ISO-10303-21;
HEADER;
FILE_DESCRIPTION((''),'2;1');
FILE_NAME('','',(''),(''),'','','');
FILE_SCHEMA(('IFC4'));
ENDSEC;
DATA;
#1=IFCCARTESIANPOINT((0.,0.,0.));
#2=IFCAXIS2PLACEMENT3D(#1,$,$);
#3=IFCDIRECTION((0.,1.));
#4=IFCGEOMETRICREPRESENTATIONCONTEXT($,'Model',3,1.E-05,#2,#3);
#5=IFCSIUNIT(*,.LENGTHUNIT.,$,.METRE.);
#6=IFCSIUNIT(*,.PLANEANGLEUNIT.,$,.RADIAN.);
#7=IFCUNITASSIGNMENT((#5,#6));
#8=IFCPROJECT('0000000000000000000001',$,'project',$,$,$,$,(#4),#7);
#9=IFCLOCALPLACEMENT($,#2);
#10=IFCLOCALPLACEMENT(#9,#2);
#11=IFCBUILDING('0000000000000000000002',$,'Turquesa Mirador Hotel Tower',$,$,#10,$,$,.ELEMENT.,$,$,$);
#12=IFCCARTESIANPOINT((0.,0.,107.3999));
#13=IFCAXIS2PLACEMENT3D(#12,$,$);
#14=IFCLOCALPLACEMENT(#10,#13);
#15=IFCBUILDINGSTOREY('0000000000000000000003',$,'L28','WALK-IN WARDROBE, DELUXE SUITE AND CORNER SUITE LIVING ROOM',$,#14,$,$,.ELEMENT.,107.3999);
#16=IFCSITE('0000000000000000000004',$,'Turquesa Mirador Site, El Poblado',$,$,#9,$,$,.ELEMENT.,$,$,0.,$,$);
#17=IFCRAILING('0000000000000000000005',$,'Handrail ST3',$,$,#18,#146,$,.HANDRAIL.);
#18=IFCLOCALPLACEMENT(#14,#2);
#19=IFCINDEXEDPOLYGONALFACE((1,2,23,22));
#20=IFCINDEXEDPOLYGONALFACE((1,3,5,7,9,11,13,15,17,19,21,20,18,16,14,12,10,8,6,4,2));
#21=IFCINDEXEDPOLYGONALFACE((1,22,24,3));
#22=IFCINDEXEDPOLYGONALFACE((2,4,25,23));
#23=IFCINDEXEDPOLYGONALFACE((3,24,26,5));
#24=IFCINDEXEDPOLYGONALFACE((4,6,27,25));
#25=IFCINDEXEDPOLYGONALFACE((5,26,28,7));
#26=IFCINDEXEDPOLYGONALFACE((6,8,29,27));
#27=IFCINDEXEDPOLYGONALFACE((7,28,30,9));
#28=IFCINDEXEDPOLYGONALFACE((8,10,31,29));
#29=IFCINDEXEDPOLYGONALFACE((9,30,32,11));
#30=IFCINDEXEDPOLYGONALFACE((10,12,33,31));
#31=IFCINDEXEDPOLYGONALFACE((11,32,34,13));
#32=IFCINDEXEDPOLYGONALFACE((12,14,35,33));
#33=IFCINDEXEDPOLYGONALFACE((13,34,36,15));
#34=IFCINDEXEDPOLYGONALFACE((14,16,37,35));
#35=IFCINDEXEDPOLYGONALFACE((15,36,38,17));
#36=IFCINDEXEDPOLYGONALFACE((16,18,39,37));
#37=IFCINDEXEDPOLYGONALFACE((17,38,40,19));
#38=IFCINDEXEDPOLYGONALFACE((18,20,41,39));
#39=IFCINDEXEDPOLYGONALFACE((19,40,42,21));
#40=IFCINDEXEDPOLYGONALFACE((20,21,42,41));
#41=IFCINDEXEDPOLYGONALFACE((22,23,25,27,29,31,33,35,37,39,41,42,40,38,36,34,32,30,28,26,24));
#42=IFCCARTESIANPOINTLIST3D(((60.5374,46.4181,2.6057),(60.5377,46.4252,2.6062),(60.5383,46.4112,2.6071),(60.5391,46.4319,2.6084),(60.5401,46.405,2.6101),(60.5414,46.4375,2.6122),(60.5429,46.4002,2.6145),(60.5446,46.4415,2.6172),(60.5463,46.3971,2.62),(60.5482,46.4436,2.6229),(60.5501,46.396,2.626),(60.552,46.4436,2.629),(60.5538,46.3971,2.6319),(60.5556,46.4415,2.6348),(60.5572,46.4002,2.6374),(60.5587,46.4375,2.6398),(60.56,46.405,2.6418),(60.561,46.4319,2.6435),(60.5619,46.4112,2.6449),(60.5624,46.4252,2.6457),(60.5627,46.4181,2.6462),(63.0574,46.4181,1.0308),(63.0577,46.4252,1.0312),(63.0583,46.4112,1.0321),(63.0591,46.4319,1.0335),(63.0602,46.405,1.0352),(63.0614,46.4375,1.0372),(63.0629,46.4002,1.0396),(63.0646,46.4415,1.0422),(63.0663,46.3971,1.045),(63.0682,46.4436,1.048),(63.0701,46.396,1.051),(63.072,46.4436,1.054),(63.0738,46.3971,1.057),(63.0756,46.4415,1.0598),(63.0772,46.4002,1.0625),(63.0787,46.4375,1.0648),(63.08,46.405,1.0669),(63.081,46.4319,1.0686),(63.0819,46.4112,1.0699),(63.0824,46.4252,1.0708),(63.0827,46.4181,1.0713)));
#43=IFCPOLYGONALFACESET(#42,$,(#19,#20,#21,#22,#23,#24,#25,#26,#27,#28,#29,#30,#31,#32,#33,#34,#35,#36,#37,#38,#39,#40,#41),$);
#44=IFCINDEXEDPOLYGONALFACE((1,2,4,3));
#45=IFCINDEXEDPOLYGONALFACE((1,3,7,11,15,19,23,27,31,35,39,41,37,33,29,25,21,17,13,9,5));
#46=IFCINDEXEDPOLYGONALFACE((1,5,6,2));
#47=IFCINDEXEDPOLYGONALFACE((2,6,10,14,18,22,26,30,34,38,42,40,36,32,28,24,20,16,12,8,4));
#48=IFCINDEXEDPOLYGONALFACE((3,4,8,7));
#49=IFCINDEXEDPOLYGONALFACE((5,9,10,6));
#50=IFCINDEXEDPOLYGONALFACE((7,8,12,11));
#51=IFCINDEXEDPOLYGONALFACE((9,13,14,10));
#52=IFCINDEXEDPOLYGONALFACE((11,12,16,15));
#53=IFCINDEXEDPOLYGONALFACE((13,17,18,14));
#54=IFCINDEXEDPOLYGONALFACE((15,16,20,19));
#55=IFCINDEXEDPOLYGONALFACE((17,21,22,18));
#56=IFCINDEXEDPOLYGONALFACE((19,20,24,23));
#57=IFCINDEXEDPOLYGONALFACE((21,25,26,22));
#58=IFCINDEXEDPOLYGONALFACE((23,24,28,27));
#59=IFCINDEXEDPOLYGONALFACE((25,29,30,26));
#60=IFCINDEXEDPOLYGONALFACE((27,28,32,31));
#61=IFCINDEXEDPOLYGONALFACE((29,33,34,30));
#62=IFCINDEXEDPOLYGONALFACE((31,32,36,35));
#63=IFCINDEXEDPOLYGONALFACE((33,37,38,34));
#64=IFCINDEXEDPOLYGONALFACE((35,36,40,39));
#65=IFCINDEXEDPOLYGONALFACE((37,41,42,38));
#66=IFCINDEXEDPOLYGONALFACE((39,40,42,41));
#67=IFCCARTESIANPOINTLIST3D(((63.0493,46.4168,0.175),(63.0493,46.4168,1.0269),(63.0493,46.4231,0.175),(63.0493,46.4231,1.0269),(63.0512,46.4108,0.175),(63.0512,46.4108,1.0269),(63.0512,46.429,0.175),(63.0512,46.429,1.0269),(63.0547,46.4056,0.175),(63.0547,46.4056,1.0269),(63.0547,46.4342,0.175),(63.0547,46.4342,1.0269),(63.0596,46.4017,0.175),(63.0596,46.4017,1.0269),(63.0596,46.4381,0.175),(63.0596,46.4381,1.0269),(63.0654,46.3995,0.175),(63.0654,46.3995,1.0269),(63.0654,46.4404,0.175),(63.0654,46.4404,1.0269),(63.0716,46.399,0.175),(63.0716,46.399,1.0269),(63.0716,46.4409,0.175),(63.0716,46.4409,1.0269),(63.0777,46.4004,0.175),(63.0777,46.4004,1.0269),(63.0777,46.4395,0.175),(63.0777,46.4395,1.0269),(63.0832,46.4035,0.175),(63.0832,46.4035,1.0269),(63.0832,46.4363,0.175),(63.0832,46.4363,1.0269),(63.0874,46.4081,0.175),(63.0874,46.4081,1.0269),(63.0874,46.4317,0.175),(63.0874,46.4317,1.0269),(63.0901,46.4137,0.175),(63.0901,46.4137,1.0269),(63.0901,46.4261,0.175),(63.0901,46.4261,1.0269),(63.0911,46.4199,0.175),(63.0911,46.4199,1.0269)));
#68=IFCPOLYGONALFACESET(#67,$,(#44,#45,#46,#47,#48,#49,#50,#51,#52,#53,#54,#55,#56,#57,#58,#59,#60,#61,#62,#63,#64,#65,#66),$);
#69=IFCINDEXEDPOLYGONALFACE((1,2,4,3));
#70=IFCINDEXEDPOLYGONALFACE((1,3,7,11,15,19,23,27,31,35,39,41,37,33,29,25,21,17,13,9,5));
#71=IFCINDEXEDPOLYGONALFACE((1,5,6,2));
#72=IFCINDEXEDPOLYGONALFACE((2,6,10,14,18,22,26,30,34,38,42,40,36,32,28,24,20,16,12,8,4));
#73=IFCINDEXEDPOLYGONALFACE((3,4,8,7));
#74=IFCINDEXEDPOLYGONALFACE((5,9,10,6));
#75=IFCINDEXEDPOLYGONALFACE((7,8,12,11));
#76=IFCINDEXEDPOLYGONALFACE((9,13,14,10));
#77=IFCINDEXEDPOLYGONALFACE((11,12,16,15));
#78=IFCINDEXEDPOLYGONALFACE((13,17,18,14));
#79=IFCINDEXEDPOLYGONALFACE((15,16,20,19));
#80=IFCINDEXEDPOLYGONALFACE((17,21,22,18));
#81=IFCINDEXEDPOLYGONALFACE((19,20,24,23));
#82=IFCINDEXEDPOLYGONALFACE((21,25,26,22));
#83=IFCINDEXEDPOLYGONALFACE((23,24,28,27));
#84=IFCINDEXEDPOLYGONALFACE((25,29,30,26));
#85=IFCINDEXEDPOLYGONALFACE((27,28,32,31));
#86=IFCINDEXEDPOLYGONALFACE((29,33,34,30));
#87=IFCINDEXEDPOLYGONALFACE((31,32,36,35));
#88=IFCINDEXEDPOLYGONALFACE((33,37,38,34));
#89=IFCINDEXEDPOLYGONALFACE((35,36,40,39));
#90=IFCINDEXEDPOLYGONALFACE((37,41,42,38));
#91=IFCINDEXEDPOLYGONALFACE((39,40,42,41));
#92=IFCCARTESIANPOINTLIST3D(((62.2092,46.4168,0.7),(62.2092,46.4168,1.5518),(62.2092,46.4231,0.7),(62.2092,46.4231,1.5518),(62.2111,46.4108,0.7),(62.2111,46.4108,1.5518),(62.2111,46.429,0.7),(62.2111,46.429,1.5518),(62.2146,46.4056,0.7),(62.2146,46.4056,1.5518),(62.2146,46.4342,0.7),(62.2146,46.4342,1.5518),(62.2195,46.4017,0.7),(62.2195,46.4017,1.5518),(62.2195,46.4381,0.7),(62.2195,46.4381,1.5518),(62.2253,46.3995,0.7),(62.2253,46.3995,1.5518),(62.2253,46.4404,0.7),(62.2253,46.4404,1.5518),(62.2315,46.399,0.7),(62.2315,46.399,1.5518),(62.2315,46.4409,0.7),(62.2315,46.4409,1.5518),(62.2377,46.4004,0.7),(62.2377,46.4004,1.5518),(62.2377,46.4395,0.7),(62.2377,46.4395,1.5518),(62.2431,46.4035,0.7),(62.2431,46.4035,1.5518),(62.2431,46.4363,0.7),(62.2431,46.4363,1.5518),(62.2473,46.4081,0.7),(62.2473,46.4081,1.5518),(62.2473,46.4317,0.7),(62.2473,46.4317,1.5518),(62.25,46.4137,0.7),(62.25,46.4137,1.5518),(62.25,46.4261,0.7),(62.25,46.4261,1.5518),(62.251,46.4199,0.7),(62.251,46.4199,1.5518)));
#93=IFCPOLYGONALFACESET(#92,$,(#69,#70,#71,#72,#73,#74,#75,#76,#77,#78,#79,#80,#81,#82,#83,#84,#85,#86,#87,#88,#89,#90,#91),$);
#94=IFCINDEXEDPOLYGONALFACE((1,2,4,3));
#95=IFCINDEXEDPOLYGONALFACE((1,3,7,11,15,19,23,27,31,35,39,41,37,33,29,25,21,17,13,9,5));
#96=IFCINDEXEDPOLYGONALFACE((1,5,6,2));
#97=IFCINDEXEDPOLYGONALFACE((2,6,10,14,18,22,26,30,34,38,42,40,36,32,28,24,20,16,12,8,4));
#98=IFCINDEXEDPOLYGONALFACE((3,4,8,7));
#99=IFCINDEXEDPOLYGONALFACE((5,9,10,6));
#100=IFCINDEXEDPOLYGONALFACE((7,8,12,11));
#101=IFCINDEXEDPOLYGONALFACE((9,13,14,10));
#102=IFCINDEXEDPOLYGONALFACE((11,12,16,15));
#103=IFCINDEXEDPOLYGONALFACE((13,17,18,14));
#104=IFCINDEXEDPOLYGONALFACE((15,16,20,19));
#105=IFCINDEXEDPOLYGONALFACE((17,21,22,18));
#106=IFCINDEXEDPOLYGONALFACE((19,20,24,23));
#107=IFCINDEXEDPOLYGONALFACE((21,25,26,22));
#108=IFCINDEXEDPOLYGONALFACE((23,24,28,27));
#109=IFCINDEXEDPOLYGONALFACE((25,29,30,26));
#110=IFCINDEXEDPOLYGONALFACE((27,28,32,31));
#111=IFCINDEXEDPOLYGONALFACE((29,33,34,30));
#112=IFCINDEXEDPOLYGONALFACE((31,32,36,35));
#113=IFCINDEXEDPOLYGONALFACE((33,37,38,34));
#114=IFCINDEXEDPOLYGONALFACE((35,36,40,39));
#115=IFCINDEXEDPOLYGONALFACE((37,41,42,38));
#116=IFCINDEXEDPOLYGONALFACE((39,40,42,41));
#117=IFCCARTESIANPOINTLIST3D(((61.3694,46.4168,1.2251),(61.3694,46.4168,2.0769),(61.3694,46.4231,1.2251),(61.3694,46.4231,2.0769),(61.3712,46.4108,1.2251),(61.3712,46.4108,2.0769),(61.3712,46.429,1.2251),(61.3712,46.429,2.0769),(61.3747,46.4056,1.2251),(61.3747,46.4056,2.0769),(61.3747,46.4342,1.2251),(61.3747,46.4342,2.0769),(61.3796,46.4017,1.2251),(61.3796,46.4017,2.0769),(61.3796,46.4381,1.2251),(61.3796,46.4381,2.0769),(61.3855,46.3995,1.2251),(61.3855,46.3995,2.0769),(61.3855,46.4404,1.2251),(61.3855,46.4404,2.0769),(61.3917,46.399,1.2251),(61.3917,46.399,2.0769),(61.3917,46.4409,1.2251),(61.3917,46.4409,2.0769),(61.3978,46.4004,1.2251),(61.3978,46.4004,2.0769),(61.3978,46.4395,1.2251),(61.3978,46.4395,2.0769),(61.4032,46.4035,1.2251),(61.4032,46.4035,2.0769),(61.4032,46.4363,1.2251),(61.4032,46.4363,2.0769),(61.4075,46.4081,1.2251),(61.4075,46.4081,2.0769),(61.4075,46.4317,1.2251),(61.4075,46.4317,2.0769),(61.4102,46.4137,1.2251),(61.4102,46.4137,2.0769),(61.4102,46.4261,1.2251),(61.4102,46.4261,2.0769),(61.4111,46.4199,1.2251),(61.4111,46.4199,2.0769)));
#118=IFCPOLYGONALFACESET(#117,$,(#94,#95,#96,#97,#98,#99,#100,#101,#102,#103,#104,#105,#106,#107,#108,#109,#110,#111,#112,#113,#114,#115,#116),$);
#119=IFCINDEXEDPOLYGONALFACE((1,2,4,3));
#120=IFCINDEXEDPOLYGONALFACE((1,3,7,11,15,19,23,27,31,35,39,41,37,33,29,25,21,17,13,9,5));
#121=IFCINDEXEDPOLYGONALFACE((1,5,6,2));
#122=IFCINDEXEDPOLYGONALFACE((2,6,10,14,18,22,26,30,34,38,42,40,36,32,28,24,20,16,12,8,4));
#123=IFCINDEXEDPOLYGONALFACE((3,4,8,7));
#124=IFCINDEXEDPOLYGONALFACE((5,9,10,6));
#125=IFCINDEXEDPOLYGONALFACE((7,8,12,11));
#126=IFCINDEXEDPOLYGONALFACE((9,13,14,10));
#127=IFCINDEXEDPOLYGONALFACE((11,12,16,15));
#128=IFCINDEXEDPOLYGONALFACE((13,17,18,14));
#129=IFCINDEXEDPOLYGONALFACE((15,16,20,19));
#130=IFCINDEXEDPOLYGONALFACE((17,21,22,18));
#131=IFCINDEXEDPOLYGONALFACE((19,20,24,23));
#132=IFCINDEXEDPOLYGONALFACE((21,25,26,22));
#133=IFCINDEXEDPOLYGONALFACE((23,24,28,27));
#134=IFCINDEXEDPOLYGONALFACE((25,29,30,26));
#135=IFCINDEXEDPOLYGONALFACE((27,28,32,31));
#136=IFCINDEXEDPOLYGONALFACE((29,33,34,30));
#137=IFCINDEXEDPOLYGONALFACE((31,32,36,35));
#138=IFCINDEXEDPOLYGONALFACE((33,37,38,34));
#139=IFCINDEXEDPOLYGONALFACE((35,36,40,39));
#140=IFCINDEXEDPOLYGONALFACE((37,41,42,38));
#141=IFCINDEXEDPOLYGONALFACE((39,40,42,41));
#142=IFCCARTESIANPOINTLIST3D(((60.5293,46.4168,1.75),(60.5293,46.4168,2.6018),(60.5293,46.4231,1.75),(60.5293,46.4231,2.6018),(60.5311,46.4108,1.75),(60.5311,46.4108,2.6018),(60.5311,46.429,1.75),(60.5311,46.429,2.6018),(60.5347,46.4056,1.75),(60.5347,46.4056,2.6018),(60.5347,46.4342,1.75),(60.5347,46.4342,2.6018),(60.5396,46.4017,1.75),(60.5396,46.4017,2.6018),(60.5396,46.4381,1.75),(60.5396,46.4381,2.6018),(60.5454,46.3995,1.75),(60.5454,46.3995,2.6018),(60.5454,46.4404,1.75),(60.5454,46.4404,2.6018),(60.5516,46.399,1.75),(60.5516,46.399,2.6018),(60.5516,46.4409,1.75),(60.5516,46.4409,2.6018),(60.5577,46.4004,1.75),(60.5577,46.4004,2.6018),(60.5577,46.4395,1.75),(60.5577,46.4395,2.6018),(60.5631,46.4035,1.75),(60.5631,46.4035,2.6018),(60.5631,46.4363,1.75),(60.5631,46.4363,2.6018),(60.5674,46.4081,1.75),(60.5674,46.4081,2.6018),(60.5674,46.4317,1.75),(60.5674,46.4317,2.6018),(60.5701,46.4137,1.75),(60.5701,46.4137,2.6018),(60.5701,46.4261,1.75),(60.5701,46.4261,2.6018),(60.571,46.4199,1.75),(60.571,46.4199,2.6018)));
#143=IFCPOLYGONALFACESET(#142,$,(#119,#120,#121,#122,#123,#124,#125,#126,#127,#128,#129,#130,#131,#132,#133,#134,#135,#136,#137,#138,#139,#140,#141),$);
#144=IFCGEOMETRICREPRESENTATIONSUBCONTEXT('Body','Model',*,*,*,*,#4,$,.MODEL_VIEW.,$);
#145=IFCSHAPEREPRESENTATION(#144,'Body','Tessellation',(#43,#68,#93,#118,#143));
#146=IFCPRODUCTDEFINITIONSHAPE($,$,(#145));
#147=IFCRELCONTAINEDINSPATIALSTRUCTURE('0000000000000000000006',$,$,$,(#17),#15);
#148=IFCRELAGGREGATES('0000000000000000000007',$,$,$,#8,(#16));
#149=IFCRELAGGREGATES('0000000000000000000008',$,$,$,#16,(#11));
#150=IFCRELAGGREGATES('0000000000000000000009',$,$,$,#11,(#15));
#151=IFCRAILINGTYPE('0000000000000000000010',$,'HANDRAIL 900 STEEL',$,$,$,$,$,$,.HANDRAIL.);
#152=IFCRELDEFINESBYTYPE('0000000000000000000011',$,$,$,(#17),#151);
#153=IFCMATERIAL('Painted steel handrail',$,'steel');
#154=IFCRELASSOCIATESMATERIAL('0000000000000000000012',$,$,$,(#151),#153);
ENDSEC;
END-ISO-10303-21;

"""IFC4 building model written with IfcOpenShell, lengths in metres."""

from ifc_helpers import new_model, si_unit, direction, frame, origin, origin_2d, place, context, subcontext, project, spatial, circle, extrude, material, type_object, element, save


model = new_model("IFC4")

# Units and contexts
model_context = context("Model", 3, precision=1e-05, world=origin(), true_north=direction((0.0, 1.0)))
body_context = subcontext(model_context, "Body", "Model", "MODEL_VIEW")
ifc_project = project(units=[si_unit("LENGTHUNIT", "METRE"), si_unit("PLANEANGLEUNIT", "RADIAN")], contexts=[model_context])

# Site, building, storey
site_placement = place(None, origin())
site = spatial("IfcSite", under=ifc_project, at=site_placement, Name="Turquesa Mirador Site, El Poblado", CompositionType="ELEMENT", RefElevation=0.0)
building_placement = place(site_placement, origin())
building = spatial("IfcBuilding", under=site, at=building_placement, Name="Turquesa Mirador Hotel Tower", CompositionType="ELEMENT")
storey_placement = place(building_placement, frame((0.0, 0.0, 107.3999)))
storey = spatial("IfcBuildingStorey", under=building, at=storey_placement, Name="L28", Description="WALK-IN WARDROBE, DELUXE SUITE AND CORNER SUITE LIVING ROOM", CompositionType="ELEMENT", Elevation=107.3999)

# Railing
ifc_material_1 = material(Name="Painted steel handrail", Category="steel")
railing_type = type_object("IfcRailingType", Name="HANDRAIL 900 STEEL", PredefinedType="HANDRAIL", material=ifc_material_1)
railing_1_placement = place(storey_placement, frame((63.0701, 46.4199, 0.175)))
element("IfcRailing", 1, at=railing_1_placement, inside=storey, type_object=railing_type, Name="Handrail ST3", PredefinedType="HANDRAIL", context=body_context, shape_type="SweptSolid", body=[
    extrude(circle(Radius=0.0239, at=origin_2d()), frame((0.0, 0.0, 0.876), z_axis=(-0.848008, 0.0, 0.529984), x_axis=(0.0, -1.0, 0.0)), (0.0, 0.0, 1.0), 2.9717),
    extrude(circle(Radius=0.021, at=origin_2d()), origin(), (0.0, 0.0, 1.0), 0.8518),
    extrude(circle(Radius=0.021, at=origin_2d()), frame((-0.8401, 0.0, 0.5249)), (0.0, 0.0, 1.0), 0.8518),
    extrude(circle(Radius=0.021, at=origin_2d()), frame((-1.6799, 0.0, 1.05)), (0.0, 0.0, 1.0), 0.8518),
    extrude(circle(Radius=0.021, at=origin_2d()), frame((-2.52, 0.0, 1.575)), (0.0, 0.0, 1.0), 0.8518),
])

save(model, "model.ifc")
